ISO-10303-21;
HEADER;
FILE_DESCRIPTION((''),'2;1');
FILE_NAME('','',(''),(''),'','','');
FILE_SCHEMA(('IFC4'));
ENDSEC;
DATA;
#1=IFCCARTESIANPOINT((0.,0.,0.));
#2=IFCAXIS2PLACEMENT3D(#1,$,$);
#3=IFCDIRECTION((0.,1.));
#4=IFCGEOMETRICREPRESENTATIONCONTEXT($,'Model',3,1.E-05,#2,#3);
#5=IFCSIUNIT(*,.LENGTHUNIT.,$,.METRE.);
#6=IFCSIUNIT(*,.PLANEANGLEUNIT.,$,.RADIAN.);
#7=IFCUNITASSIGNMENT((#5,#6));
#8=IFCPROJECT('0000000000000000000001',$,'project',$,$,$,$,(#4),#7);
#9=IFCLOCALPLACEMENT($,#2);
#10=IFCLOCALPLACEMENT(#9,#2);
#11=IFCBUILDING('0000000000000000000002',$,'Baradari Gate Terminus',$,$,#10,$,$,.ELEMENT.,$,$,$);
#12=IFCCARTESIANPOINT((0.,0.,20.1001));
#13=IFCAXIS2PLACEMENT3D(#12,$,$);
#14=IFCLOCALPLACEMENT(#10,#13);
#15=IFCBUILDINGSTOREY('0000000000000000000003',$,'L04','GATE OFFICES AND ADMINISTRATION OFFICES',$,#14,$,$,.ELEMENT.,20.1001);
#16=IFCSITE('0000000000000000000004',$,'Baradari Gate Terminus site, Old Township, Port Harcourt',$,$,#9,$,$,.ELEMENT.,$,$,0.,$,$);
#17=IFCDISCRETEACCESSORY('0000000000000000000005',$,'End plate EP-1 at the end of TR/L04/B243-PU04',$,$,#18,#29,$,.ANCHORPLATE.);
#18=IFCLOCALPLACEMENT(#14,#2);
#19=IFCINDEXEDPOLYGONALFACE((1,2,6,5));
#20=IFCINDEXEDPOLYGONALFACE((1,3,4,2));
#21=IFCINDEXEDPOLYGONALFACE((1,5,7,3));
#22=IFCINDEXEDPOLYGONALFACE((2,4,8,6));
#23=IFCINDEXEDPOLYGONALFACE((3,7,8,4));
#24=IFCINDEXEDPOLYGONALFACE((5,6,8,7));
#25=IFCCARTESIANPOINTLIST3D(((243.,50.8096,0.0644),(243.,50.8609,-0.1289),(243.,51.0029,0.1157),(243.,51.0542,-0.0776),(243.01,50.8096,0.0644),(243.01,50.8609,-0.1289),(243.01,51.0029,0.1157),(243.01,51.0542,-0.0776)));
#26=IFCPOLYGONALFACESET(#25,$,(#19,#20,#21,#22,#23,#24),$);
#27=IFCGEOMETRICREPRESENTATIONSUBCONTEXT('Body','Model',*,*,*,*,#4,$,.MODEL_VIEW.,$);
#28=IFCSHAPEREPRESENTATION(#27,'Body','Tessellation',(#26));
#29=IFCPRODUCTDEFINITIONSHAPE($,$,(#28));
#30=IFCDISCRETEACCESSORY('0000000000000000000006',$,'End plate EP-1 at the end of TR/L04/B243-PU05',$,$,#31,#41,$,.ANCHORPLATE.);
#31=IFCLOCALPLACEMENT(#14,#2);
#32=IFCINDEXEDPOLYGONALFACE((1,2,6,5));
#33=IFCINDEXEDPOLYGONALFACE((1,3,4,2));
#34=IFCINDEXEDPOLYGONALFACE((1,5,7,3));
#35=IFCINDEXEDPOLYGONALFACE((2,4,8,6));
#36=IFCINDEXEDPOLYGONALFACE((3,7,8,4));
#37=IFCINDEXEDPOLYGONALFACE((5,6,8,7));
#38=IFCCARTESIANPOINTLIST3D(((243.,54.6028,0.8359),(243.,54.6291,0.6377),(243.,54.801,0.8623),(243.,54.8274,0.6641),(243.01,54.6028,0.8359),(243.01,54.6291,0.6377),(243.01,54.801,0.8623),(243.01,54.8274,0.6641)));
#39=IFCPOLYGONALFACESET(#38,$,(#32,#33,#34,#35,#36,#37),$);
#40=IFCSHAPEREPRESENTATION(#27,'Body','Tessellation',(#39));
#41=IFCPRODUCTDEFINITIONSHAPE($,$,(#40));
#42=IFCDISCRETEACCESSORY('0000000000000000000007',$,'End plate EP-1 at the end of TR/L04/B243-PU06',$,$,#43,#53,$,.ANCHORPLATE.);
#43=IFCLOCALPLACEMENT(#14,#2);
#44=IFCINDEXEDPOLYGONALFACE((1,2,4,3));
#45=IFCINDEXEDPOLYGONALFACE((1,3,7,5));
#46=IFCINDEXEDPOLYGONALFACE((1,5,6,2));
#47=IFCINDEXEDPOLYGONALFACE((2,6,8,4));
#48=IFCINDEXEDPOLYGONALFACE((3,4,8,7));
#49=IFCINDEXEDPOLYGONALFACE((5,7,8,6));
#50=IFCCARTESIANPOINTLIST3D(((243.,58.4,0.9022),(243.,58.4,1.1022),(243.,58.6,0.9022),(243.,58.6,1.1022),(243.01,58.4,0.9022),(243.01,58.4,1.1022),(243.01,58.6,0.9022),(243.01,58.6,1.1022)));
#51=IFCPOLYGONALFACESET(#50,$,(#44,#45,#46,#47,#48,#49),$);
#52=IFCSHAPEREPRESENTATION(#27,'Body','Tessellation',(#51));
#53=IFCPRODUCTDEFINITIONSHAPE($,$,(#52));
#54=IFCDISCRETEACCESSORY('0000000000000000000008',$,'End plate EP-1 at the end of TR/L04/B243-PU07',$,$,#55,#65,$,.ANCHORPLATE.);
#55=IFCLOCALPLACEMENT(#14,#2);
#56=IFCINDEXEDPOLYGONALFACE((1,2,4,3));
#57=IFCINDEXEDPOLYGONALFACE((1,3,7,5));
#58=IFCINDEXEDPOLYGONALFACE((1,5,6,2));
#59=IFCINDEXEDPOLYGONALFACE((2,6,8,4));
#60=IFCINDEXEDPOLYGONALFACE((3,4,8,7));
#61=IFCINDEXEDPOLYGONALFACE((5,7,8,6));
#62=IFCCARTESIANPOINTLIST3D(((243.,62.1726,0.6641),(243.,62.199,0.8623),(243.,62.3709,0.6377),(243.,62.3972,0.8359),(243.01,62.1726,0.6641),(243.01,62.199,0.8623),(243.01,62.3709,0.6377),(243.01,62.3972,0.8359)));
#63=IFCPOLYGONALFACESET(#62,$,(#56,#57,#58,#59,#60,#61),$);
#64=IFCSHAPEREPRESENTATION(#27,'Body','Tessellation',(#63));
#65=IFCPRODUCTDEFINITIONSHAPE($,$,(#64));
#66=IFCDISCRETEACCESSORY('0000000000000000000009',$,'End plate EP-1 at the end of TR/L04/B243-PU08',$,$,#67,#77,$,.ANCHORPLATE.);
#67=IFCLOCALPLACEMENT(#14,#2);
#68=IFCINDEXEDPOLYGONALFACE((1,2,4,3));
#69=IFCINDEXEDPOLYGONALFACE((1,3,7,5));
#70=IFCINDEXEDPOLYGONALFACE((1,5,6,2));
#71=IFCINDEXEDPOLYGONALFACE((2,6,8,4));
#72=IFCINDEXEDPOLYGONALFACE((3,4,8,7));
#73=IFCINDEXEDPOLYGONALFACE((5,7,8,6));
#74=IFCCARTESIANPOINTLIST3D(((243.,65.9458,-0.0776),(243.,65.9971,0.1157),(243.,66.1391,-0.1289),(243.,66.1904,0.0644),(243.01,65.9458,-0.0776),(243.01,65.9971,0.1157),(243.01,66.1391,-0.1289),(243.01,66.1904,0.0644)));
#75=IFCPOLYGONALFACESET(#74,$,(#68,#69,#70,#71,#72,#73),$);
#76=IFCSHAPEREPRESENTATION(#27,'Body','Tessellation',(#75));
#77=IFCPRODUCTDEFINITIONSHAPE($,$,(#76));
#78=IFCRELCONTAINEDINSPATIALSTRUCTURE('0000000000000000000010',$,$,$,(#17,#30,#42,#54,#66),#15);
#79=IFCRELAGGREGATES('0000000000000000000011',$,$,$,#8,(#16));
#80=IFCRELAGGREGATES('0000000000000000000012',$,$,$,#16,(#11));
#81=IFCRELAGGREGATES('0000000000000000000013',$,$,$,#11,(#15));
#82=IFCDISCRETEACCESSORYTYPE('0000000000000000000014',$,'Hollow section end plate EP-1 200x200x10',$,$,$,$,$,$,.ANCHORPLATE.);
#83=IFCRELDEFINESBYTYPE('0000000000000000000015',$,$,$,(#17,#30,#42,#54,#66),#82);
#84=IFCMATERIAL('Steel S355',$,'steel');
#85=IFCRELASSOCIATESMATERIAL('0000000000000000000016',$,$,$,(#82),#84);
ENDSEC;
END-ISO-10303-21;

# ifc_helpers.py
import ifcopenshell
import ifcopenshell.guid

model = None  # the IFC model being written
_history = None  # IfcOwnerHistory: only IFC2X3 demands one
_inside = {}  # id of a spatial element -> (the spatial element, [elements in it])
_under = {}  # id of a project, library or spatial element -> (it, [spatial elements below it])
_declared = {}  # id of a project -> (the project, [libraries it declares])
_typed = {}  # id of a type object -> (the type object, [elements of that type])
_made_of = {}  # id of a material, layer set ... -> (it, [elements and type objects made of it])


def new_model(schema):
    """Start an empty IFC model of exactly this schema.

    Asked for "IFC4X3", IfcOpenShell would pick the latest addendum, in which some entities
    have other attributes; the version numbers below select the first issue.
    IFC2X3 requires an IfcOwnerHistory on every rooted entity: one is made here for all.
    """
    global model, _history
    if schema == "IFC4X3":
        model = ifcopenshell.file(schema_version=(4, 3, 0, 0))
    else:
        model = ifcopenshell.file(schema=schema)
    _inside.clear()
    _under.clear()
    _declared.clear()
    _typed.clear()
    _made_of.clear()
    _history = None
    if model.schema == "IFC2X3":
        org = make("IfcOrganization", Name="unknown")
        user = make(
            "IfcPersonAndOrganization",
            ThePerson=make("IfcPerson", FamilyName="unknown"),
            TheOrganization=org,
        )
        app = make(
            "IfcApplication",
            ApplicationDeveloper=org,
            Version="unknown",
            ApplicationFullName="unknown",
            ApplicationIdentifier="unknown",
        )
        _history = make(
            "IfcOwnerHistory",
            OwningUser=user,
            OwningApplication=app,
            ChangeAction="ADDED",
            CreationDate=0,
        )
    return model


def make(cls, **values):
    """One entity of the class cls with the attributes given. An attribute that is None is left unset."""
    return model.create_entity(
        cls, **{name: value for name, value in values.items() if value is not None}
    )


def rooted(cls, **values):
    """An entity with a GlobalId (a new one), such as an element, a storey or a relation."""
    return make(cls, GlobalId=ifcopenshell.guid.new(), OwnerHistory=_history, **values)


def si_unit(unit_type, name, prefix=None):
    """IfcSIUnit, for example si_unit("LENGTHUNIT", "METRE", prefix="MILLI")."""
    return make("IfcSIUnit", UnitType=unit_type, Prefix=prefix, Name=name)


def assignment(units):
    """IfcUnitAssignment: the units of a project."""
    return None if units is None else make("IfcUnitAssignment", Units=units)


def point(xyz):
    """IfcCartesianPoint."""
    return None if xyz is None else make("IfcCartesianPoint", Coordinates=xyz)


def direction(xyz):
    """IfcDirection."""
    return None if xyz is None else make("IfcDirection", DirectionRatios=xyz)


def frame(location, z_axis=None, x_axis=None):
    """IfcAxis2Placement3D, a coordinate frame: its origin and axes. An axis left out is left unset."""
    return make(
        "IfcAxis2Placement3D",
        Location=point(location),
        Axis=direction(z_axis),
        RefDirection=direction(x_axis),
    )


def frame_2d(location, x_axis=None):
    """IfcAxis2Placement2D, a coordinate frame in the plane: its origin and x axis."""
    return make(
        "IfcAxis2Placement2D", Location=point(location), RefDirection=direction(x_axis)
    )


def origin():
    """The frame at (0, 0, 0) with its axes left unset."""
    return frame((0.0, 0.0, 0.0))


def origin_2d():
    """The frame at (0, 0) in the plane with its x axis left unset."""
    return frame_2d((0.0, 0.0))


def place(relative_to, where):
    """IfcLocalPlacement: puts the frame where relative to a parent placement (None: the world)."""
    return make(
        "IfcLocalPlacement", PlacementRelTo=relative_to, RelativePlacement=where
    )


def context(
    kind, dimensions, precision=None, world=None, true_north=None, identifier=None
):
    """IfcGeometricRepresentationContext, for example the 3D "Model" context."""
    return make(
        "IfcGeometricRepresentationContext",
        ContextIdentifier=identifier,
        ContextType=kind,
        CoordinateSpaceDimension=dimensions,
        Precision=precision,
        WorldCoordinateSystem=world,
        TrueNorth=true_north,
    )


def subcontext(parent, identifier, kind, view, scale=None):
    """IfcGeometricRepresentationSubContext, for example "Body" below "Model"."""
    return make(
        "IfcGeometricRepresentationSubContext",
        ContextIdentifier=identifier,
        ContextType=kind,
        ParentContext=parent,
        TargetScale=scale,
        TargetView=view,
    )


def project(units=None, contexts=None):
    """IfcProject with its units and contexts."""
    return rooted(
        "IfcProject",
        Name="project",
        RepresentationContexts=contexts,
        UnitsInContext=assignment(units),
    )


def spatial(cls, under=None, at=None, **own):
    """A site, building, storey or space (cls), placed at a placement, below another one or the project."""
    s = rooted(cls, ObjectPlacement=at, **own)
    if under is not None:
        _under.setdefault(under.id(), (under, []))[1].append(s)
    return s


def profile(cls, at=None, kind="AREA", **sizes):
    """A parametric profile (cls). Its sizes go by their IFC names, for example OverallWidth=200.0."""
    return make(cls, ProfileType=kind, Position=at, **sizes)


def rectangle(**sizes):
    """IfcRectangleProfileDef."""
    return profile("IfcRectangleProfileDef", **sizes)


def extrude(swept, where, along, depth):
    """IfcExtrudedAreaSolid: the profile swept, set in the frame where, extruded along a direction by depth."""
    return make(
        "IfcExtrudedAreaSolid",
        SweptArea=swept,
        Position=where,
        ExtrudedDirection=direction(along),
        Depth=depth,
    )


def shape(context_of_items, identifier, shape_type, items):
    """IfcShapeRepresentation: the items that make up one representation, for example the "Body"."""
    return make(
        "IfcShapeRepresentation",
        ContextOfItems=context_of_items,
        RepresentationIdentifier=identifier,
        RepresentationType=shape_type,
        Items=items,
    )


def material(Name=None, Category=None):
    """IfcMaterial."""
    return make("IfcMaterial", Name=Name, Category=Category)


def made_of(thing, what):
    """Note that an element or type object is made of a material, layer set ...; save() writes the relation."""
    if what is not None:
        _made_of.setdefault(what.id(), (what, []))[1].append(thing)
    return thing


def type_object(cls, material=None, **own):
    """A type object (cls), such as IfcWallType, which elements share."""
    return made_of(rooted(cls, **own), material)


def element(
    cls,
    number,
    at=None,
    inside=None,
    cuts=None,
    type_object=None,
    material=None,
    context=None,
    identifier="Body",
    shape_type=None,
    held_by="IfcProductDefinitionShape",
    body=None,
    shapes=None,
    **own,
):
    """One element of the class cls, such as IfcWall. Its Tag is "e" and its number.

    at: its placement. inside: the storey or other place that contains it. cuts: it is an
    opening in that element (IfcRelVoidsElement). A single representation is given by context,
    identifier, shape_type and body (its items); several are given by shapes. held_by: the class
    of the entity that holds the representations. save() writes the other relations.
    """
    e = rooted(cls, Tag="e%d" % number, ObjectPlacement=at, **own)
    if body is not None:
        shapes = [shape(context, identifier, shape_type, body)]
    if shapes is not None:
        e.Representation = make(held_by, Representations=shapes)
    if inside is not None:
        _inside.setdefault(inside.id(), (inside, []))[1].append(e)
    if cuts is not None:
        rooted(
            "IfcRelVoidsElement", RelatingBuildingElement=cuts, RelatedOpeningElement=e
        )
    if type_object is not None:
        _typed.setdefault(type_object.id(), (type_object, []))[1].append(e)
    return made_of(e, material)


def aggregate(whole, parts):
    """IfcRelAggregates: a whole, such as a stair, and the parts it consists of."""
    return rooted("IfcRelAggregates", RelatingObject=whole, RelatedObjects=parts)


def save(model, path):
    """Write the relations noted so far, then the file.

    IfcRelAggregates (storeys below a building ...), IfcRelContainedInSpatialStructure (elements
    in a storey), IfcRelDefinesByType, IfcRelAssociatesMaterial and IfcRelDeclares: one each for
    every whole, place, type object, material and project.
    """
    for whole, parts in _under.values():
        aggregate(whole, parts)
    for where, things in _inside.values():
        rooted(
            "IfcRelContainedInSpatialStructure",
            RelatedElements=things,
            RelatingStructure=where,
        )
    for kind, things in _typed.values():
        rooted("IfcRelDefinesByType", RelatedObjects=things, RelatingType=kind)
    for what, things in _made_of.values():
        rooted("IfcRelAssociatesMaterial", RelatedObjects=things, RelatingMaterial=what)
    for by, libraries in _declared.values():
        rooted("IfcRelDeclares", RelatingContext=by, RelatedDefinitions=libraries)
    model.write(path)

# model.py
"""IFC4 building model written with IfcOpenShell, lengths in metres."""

from ifc_helpers import new_model, si_unit, direction, frame, origin, origin_2d, place, context, subcontext, project, spatial, rectangle, extrude, material, type_object, element, save


model = new_model("IFC4")

# Units and contexts
model_context = context("Model", 3, precision=1e-05, world=origin(), true_north=direction((0.0, 1.0)))
body_context = subcontext(model_context, "Body", "Model", "MODEL_VIEW")
ifc_project = project(units=[si_unit("LENGTHUNIT", "METRE"), si_unit("PLANEANGLEUNIT", "RADIAN")], contexts=[model_context])

# Site, building, storey
site_placement = place(None, origin())
site = spatial("IfcSite", under=ifc_project, at=site_placement, Name="Baradari Gate Terminus site, Old Township, Port Harcourt", CompositionType="ELEMENT", RefElevation=0.0)
building_placement = place(site_placement, origin())
building = spatial("IfcBuilding", under=site, at=building_placement, Name="Baradari Gate Terminus", CompositionType="ELEMENT")
storey_placement = place(building_placement, frame((0.0, 0.0, 20.1001)))
storey = spatial("IfcBuildingStorey", under=building, at=storey_placement, Name="L04", Description="GATE OFFICES AND ADMINISTRATION OFFICES", CompositionType="ELEMENT", Elevation=20.1001)

# Discrete accessories
ifc_material_1 = material(Name="Steel S355", Category="steel")
discrete_accessory_type = type_object("IfcDiscreteAccessoryType", Name="Hollow section end plate EP-1 200x200x10", PredefinedType="ANCHORPLATE", material=ifc_material_1)
for number, where, z_axis, x_axis, name in (
    (1, (243.0, 50.9319, -0.0066), (1.0, 0.0, 0.0), (0.0, 0.9665, 0.256668), "End plate EP-1 at the end of TR/L04/B243-PU04"),
    (2, (243.0, 54.7151, 0.75), (1.0, 0.0, 0.0), (0.0, 0.991303, 0.131599), "End plate EP-1 at the end of TR/L04/B243-PU05"),
    (3, (243.0, 58.5, 1.0022), (1.0, 0.0, 0.0), (0.0, 1.0, 0.0), "End plate EP-1 at the end of TR/L04/B243-PU06"),
    (4, (243.0, 62.2849, 0.75), (1.0, 0.0, 0.0), (0.0, 0.991303, -0.131599), "End plate EP-1 at the end of TR/L04/B243-PU07"),
    (5, (243.0, 66.0681, -0.0066), (1.0, 0.0, 0.0), (0.0, 0.9665, -0.256668), "End plate EP-1 at the end of TR/L04/B243-PU08"),
):
    element("IfcDiscreteAccessory", number, at=place(storey_placement, frame(where, z_axis=z_axis, x_axis=x_axis)), inside=storey, type_object=discrete_accessory_type, Name=name, PredefinedType="ANCHORPLATE", context=body_context, shape_type="SweptSolid", body=[
        extrude(rectangle(XDim=0.2, YDim=0.2, at=origin_2d()), origin(), (0.0, 0.0, 1.0), 0.01),
    ])

save(model, "model.ifc")
